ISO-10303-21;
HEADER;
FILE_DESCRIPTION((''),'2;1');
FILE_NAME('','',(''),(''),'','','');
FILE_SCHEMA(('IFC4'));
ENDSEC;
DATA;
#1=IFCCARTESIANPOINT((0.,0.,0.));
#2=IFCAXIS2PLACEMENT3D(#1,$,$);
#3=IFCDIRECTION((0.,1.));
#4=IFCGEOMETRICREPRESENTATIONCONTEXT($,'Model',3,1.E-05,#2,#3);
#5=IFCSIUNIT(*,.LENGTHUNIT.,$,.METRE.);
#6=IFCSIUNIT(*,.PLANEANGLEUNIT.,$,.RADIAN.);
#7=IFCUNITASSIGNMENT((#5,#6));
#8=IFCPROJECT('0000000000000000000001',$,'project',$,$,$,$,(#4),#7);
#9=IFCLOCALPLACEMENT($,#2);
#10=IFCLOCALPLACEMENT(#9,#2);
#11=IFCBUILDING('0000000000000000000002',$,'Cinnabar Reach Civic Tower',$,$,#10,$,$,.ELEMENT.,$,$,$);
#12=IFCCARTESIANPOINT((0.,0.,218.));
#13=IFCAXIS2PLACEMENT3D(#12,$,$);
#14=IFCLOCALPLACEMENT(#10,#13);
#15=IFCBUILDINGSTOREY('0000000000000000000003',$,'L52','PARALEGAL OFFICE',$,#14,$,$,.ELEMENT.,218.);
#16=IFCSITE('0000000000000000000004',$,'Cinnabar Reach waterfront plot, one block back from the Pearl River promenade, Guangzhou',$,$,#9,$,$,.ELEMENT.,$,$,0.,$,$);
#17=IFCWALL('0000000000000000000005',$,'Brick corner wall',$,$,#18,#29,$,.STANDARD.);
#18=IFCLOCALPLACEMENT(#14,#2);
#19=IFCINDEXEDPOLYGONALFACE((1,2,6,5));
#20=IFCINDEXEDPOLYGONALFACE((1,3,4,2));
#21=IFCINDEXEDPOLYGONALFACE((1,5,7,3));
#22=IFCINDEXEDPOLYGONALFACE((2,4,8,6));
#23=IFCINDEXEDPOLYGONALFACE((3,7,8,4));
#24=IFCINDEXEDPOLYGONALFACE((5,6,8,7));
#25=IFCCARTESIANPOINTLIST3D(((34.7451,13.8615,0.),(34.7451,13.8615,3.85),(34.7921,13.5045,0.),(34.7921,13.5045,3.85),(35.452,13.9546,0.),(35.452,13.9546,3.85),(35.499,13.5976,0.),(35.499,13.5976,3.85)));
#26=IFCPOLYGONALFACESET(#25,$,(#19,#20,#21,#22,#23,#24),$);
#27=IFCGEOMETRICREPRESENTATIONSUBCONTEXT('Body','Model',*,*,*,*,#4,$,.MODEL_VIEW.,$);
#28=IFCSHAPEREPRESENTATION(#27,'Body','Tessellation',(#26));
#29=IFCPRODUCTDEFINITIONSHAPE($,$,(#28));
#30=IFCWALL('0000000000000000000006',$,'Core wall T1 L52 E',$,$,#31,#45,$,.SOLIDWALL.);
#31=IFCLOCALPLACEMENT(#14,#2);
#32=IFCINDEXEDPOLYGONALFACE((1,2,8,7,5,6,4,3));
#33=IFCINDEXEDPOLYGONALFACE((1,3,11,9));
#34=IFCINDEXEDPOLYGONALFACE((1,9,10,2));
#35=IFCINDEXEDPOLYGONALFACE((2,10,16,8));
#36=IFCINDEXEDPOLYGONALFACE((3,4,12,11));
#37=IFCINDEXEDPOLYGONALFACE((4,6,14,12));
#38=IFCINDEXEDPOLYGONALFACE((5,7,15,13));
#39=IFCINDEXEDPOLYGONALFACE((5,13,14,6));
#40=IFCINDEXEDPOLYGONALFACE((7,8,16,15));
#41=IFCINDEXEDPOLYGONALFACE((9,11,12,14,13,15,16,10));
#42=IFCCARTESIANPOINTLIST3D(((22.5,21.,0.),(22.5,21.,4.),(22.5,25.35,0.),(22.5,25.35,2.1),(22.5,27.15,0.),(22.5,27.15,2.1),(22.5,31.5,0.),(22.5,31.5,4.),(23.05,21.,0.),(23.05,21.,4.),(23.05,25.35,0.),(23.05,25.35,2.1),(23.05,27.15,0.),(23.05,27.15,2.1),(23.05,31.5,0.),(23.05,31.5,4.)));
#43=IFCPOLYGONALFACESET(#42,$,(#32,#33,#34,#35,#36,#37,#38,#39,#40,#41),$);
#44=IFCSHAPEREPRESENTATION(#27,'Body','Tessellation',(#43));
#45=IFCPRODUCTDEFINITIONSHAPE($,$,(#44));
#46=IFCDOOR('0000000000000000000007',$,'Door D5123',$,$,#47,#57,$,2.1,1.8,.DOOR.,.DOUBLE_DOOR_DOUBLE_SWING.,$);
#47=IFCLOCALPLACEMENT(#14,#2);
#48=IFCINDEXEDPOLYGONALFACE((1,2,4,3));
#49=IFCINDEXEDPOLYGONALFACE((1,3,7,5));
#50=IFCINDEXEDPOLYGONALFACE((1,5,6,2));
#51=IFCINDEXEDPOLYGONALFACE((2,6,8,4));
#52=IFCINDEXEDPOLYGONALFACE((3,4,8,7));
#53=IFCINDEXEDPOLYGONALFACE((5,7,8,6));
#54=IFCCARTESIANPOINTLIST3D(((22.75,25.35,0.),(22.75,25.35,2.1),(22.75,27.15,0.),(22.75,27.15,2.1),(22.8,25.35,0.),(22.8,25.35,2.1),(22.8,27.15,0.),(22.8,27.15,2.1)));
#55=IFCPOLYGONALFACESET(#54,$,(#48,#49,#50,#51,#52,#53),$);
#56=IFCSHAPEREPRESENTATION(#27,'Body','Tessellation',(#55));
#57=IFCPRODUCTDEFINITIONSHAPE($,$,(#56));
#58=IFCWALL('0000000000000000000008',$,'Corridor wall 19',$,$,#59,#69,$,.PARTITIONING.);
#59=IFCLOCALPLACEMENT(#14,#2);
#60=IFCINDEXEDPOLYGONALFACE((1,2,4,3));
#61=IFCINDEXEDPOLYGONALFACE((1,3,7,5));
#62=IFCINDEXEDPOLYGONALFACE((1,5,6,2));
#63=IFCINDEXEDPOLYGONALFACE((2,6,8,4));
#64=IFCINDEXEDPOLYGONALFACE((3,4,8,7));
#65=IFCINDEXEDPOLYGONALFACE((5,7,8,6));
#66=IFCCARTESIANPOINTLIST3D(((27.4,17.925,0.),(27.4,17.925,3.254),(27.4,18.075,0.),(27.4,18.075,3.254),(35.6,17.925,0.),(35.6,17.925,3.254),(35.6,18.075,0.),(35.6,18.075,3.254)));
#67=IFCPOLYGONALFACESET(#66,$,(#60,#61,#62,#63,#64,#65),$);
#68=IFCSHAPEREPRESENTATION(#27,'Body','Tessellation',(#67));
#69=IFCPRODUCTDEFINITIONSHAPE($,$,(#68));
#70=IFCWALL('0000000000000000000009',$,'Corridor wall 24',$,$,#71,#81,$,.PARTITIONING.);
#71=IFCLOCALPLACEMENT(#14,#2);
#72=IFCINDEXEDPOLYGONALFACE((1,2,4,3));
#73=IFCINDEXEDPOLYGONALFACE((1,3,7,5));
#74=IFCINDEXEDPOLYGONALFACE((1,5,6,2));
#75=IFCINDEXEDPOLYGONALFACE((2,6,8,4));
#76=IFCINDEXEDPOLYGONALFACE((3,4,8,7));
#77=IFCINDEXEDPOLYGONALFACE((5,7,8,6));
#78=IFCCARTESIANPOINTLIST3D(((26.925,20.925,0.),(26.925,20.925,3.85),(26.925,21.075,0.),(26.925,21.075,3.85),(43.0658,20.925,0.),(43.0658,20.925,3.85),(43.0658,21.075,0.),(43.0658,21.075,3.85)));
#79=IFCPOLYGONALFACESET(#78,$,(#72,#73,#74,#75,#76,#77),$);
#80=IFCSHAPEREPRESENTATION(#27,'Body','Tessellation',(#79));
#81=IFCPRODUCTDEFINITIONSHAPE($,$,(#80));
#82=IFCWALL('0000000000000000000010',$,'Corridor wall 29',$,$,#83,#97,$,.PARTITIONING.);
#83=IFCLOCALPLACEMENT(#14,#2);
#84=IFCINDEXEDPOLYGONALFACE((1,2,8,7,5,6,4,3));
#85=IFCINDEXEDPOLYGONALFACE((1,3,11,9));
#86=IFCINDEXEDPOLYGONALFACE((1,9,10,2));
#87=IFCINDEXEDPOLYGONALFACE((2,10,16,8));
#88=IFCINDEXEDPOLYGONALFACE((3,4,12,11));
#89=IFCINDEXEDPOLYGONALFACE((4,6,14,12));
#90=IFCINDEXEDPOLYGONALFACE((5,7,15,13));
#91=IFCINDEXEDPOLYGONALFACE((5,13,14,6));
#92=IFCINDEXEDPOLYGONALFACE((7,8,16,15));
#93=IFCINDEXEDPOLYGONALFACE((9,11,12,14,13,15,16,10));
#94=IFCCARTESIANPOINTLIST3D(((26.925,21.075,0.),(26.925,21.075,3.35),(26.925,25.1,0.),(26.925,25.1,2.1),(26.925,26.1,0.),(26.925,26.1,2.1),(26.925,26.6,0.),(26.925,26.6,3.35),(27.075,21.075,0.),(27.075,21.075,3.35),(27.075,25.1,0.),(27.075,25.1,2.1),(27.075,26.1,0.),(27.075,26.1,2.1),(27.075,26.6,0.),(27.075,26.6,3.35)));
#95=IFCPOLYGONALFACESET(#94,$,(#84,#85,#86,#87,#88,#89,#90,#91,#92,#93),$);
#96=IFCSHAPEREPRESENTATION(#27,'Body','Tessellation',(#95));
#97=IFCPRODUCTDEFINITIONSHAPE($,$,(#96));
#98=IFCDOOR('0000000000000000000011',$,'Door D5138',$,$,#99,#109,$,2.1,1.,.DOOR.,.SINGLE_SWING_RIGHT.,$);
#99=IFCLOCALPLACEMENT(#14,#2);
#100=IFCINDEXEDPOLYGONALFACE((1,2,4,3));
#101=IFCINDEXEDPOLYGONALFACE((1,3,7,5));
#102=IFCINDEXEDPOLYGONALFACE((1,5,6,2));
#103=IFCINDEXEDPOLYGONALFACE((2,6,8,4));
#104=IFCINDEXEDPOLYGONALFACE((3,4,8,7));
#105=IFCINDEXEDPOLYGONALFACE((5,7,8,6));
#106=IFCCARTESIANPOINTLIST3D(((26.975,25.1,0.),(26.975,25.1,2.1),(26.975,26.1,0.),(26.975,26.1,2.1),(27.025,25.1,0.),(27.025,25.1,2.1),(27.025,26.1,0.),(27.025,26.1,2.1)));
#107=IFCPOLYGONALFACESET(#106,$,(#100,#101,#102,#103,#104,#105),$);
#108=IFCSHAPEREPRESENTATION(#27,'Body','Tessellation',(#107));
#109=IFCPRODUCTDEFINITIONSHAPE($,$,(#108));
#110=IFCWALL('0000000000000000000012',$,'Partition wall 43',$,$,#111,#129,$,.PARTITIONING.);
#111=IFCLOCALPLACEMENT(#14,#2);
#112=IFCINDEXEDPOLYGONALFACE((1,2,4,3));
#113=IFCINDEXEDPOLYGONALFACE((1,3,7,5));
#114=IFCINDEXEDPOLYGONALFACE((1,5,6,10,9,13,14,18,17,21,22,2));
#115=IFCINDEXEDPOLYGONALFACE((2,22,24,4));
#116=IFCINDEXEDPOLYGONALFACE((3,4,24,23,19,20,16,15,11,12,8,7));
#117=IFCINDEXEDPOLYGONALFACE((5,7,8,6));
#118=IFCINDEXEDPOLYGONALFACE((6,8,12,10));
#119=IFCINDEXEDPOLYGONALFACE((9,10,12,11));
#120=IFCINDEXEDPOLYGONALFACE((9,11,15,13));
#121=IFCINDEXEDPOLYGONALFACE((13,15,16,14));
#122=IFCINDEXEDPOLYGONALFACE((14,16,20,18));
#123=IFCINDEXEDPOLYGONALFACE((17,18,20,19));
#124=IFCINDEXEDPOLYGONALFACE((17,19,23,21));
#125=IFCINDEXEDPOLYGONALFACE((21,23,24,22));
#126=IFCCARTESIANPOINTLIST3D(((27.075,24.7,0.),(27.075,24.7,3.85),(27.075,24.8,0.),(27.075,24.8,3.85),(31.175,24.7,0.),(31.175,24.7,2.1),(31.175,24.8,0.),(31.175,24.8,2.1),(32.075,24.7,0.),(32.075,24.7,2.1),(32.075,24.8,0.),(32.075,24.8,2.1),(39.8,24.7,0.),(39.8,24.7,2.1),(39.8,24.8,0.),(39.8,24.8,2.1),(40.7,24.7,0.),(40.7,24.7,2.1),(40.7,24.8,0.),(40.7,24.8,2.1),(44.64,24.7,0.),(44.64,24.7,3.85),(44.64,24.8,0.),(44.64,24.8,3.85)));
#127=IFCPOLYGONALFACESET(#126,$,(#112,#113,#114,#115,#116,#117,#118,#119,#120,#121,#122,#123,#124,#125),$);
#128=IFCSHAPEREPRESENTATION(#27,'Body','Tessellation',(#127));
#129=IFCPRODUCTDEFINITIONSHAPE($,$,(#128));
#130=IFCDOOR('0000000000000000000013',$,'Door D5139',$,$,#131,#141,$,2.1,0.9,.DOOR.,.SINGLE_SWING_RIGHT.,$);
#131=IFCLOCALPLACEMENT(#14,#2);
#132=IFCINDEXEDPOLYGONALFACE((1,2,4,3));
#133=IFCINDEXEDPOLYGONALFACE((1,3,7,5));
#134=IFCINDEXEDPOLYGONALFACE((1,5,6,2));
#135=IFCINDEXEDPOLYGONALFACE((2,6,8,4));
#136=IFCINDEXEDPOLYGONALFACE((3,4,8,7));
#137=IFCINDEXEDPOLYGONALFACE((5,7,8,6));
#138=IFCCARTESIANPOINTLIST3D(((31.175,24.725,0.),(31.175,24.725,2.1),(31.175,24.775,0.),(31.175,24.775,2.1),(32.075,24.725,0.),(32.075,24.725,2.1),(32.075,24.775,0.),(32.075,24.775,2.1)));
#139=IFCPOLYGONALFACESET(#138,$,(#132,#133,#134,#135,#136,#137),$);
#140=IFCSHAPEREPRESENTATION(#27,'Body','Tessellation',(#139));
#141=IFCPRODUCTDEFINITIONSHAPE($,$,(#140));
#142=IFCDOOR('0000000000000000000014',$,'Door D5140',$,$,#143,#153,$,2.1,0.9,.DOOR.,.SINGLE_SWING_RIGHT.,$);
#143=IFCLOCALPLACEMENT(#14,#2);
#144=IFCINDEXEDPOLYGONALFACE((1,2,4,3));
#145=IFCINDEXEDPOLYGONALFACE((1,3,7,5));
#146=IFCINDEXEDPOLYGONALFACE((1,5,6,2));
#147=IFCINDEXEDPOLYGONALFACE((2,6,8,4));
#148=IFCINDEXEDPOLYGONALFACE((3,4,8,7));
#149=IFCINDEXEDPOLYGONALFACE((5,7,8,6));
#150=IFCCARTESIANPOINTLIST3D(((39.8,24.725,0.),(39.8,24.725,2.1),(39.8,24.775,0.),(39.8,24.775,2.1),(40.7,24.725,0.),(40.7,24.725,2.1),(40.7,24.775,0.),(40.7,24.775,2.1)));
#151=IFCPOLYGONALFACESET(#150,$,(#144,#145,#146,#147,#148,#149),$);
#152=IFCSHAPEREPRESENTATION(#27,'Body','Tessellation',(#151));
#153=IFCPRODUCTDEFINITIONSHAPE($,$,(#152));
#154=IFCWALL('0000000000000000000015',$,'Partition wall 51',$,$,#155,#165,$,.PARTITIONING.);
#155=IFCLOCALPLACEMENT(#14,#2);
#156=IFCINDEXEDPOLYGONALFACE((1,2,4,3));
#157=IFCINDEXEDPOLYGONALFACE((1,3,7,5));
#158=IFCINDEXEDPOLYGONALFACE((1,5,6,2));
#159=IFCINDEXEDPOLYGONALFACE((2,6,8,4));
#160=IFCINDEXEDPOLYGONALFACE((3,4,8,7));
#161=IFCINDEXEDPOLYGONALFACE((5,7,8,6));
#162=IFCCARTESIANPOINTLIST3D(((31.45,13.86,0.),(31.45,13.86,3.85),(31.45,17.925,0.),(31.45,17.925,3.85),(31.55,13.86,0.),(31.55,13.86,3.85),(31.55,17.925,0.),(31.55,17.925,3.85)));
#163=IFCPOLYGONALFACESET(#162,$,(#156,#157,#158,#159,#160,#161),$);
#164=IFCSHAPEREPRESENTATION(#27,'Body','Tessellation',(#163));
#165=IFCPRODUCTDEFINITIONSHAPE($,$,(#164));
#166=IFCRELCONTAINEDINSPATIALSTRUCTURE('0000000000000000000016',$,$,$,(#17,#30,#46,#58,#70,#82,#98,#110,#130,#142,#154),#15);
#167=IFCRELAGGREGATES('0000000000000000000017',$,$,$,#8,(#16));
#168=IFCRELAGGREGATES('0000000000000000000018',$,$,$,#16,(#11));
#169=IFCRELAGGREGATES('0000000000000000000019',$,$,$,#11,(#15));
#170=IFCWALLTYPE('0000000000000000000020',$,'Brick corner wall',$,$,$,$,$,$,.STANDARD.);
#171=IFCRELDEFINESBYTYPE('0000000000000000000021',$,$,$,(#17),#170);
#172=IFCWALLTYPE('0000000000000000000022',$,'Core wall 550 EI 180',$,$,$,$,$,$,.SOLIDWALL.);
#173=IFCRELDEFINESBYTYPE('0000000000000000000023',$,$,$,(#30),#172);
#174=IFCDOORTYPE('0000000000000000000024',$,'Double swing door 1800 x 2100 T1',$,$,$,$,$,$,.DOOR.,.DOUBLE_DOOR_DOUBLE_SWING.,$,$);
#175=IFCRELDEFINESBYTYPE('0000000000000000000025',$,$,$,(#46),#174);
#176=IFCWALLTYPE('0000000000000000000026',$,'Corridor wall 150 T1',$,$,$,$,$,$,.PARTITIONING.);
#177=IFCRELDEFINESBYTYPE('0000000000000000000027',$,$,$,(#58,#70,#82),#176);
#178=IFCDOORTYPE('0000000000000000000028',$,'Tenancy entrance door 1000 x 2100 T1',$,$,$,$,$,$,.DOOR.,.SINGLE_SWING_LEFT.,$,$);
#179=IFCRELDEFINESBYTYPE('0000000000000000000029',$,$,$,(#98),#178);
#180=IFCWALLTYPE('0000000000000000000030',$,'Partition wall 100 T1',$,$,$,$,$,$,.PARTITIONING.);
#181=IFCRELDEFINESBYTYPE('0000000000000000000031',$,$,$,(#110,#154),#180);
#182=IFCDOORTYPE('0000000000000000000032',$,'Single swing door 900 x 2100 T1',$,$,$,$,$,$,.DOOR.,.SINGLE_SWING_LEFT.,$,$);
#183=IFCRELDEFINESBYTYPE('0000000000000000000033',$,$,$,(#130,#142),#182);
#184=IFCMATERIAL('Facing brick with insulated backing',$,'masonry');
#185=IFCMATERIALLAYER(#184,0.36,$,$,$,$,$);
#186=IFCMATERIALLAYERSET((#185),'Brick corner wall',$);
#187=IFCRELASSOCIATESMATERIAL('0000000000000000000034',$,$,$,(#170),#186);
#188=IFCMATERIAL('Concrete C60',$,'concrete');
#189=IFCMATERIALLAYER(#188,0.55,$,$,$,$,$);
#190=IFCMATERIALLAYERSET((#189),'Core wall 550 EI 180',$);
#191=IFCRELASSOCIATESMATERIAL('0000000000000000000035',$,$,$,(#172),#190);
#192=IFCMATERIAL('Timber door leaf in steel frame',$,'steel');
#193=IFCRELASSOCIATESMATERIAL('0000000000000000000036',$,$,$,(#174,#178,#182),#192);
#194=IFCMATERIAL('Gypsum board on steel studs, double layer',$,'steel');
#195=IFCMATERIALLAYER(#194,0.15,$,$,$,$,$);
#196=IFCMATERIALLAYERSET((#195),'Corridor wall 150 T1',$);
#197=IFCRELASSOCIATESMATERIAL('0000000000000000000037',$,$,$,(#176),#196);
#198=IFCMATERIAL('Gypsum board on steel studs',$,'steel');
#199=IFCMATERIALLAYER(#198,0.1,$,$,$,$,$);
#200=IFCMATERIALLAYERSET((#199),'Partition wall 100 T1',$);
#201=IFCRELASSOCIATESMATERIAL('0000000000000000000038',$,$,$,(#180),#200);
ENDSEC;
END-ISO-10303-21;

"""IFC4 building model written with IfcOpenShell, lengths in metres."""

from ifc_helpers import new_model, si_unit, direction, frame, frame_2d, origin, place, context, subcontext, project, spatial, rectangle, extrude, material, layer, layer_set, type_object, element, fill, save


model = new_model("IFC4")

# Units and contexts
model_context = context("Model", 3, precision=1e-05, world=origin(), true_north=direction((0.0, 1.0)))
body_context = subcontext(model_context, "Body", "Model", "MODEL_VIEW")
ifc_project = project(units=[si_unit("LENGTHUNIT", "METRE"), si_unit("PLANEANGLEUNIT", "RADIAN")], contexts=[model_context])

# Site, building, storey
site_placement = place(None, origin())
site = spatial("IfcSite", under=ifc_project, at=site_placement, Name="Cinnabar Reach waterfront plot, one block back from the Pearl River promenade, Guangzhou", CompositionType="ELEMENT", RefElevation=0.0)
building_placement = place(site_placement, origin())
building = spatial("IfcBuilding", under=site, at=building_placement, Name="Cinnabar Reach Civic Tower", CompositionType="ELEMENT")
storey_placement = place(building_placement, frame((0.0, 0.0, 218.0)))
storey = spatial("IfcBuildingStorey", under=building, at=storey_placement, Name="L52", Description="PARALEGAL OFFICE", CompositionType="ELEMENT", Elevation=218.0)

# Shared definitions
ifc_material_1 = material(Name="Concrete C60", Category="concrete")

# Wall
ifc_material_2 = material(Name="Facing brick with insulated backing", Category="masonry")
ifc_layer_1 = layer(ifc_material_2, 0.36)
ifc_layer_set_1 = layer_set([ifc_layer_1], Name="Brick corner wall")
wall_type_1 = type_object("IfcWallType", Name="Brick corner wall", PredefinedType="STANDARD", material=ifc_layer_set_1)
wall_1_placement = place(storey_placement, frame((34.7686, 13.683, 0.0), z_axis=(0.0, 0.0, 1.0), x_axis=(0.991441, 0.130556, 0.0)))
element("IfcWall", 1, at=wall_1_placement, inside=storey, type_object=wall_type_1, Name="Brick corner wall", PredefinedType="STANDARD", context=body_context, shape_type="SweptSolid", body=[
    extrude(rectangle(XDim=0.7131, YDim=0.36, at=frame_2d((0.3565, 0.0))), origin(), (0.0, 0.0, 1.0), 3.85),
])

# Wall, opening, door
ifc_layer_2 = layer(ifc_material_1, 0.55)
ifc_layer_set_2 = layer_set([ifc_layer_2], Name="Core wall 550 EI 180")
wall_type_2 = type_object("IfcWallType", Name="Core wall 550 EI 180", PredefinedType="SOLIDWALL", material=ifc_layer_set_2)
wall_2_placement = place(storey_placement, frame((22.775, 21.0, 0.0), z_axis=(0.0, 0.0, 1.0), x_axis=(0.0, 1.0, 0.0)))
wall_2 = element("IfcWall", 2, at=wall_2_placement, inside=storey, type_object=wall_type_2, Name="Core wall T1 L52 E", PredefinedType="SOLIDWALL", context=body_context, shape_type="SweptSolid", body=[
    extrude(rectangle(XDim=10.5, YDim=0.55, at=frame_2d((5.25, 0.0))), origin(), (0.0, 0.0, 1.0), 4.0),
])
opening_1_placement = place(wall_2_placement, frame((4.35, 0.0, 0.0)))
opening_1 = element("IfcOpeningElement", 3, at=opening_1_placement, cuts=wall_2, PredefinedType="OPENING", context=body_context, shape_type="SweptSolid", body=[
    extrude(rectangle(XDim=1.8, YDim=2.1, at=frame_2d((0.9, 1.05))), frame((0.0, 0.285, 0.0), z_axis=(0.0, -1.0, 0.0), x_axis=(1.0, 0.0, 0.0)), (0.0, 0.0, 1.0), 0.57),
])
ifc_material_3 = material(Name="Timber door leaf in steel frame", Category="steel")
door_type_1 = type_object("IfcDoorType", Name="Double swing door 1800 x 2100 T1", OperationType="DOUBLE_DOOR_DOUBLE_SWING", PredefinedType="DOOR", material=ifc_material_3)
door_1_placement = place(opening_1_placement, origin())
door_1 = element("IfcDoor", 4, at=door_1_placement, inside=storey, type_object=door_type_1, Name="Door D5123", OperationType="DOUBLE_DOOR_DOUBLE_SWING", OverallHeight=2.1, OverallWidth=1.8, PredefinedType="DOOR", context=body_context, shape_type="SweptSolid", body=[
    extrude(rectangle(XDim=1.8, YDim=2.1, at=frame_2d((0.9, 1.05))), frame((0.0, 0.025, 0.0), z_axis=(0.0, -1.0, 0.0), x_axis=(1.0, 0.0, 0.0)), (0.0, 0.0, 1.0), 0.05),
])
fill(opening_1, door_1)

# Walls
ifc_material_4 = material(Name="Gypsum board on steel studs, double layer", Category="steel")
ifc_layer_3 = layer(ifc_material_4, 0.15)
ifc_layer_set_3 = layer_set([ifc_layer_3], Name="Corridor wall 150 T1")
wall_type_3 = type_object("IfcWallType", Name="Corridor wall 150 T1", PredefinedType="PARTITIONING", material=ifc_layer_set_3)
wall_3_placement = place(storey_placement, frame((27.4, 18.0, 0.0), z_axis=(0.0, 0.0, 1.0), x_axis=(1.0, 0.0, 0.0)))
element("IfcWall", 5, at=wall_3_placement, inside=storey, type_object=wall_type_3, Name="Corridor wall 19", PredefinedType="PARTITIONING", context=body_context, shape_type="SweptSolid", body=[
    extrude(rectangle(XDim=8.2, YDim=0.15, at=frame_2d((4.1, 0.0))), origin(), (0.0, 0.0, 1.0), 3.254),
])
wall_4_placement = place(storey_placement, frame((26.925, 21.0, 0.0), z_axis=(0.0, 0.0, 1.0), x_axis=(1.0, 0.0, 0.0)))
element("IfcWall", 6, at=wall_4_placement, inside=storey, type_object=wall_type_3, Name="Corridor wall 24", PredefinedType="PARTITIONING", context=body_context, shape_type="SweptSolid", body=[
    extrude(rectangle(XDim=16.1409, YDim=0.15, at=frame_2d((8.0704, 0.0))), origin(), (0.0, 0.0, 1.0), 3.85),
])

# Wall, opening, door
wall_5_placement = place(storey_placement, frame((27.0, 21.075, 0.0), z_axis=(0.0, 0.0, 1.0), x_axis=(0.0, 1.0, 0.0)))
wall_5 = element("IfcWall", 7, at=wall_5_placement, inside=storey, type_object=wall_type_3, Name="Corridor wall 29", PredefinedType="PARTITIONING", context=body_context, shape_type="SweptSolid", body=[
    extrude(rectangle(XDim=5.525, YDim=0.15, at=frame_2d((2.7625, 0.0))), origin(), (0.0, 0.0, 1.0), 3.35),
])
opening_2_placement = place(wall_5_placement, frame((4.025, 0.0, 0.0)))
opening_2 = element("IfcOpeningElement", 8, at=opening_2_placement, cuts=wall_5, PredefinedType="OPENING", context=body_context, shape_type="SweptSolid", body=[
    extrude(rectangle(XDim=1.0, YDim=2.1, at=frame_2d((0.5, 1.05))), frame((0.0, 0.085, 0.0), z_axis=(0.0, -1.0, 0.0), x_axis=(1.0, 0.0, 0.0)), (0.0, 0.0, 1.0), 0.17),
])
door_type_2 = type_object("IfcDoorType", Name="Tenancy entrance door 1000 x 2100 T1", OperationType="SINGLE_SWING_LEFT", PredefinedType="DOOR", material=ifc_material_3)
door_2_placement = place(opening_2_placement, frame((1.0, 0.0, 0.0), z_axis=(0.0, 0.0, 1.0), x_axis=(-1.0, 0.0, 0.0)))
door_2 = element("IfcDoor", 9, at=door_2_placement, inside=storey, type_object=door_type_2, Name="Door D5138", OperationType="SINGLE_SWING_RIGHT", OverallHeight=2.1, OverallWidth=1.0, PredefinedType="DOOR", context=body_context, shape_type="SweptSolid", body=[
    extrude(rectangle(XDim=1.0, YDim=2.1, at=frame_2d((0.5, 1.05))), frame((0.0, 0.025, 0.0), z_axis=(0.0, -1.0, 0.0), x_axis=(1.0, 0.0, 0.0)), (0.0, 0.0, 1.0), 0.05),
])
fill(opening_2, door_2)

# Wall, openings, doors
ifc_material_5 = material(Name="Gypsum board on steel studs", Category="steel")
ifc_layer_4 = layer(ifc_material_5, 0.1)
ifc_layer_set_4 = layer_set([ifc_layer_4], Name="Partition wall 100 T1")
wall_type_4 = type_object("IfcWallType", Name="Partition wall 100 T1", PredefinedType="PARTITIONING", material=ifc_layer_set_4)
wall_6_placement = place(storey_placement, frame((27.075, 24.75, 0.0), z_axis=(0.0, 0.0, 1.0), x_axis=(1.0, 0.0, 0.0)))
wall_6 = element("IfcWall", 10, at=wall_6_placement, inside=storey, type_object=wall_type_4, Name="Partition wall 43", PredefinedType="PARTITIONING", context=body_context, shape_type="SweptSolid", body=[
    extrude(rectangle(XDim=17.565, YDim=0.1, at=frame_2d((8.7825, 0.0))), origin(), (0.0, 0.0, 1.0), 3.85),
])
opening_3_placement = place(wall_6_placement, frame((4.1, 0.0, 0.0)))
opening_3 = element("IfcOpeningElement", 11, at=opening_3_placement, cuts=wall_6, PredefinedType="OPENING", context=body_context, shape_type="SweptSolid", body=[
    extrude(rectangle(XDim=0.9, YDim=2.1, at=frame_2d((0.45, 1.05))), frame((0.0, 0.06, 0.0), z_axis=(0.0, -1.0, 0.0), x_axis=(1.0, 0.0, 0.0)), (0.0, 0.0, 1.0), 0.12),
])
opening_4_placement = place(wall_6_placement, frame((12.725, 0.0, 0.0)))
opening_4 = element("IfcOpeningElement", 12, at=opening_4_placement, cuts=wall_6, PredefinedType="OPENING", context=body_context, shape_type="SweptSolid", body=[
    extrude(rectangle(XDim=0.9, YDim=2.1, at=frame_2d((0.45, 1.05))), frame((0.0, 0.06, 0.0), z_axis=(0.0, -1.0, 0.0), x_axis=(1.0, 0.0, 0.0)), (0.0, 0.0, 1.0), 0.12),
])
door_type_3 = type_object("IfcDoorType", Name="Single swing door 900 x 2100 T1", OperationType="SINGLE_SWING_LEFT", PredefinedType="DOOR", material=ifc_material_3)
door_3_placement = place(opening_3_placement, frame((0.9, 0.0, 0.0), z_axis=(0.0, 0.0, 1.0), x_axis=(-1.0, 0.0, 0.0)))
door_3 = element("IfcDoor", 13, at=door_3_placement, inside=storey, type_object=door_type_3, Name="Door D5139", OperationType="SINGLE_SWING_RIGHT", OverallHeight=2.1, OverallWidth=0.9, PredefinedType="DOOR", context=body_context, shape_type="SweptSolid", body=[
    extrude(rectangle(XDim=0.9, YDim=2.1, at=frame_2d((0.45, 1.05))), frame((0.0, 0.025, 0.0), z_axis=(0.0, -1.0, 0.0), x_axis=(1.0, 0.0, 0.0)), (0.0, 0.0, 1.0), 0.05),
])
fill(opening_3, door_3)
door_4_placement = place(opening_4_placement, frame((0.9, 0.0, 0.0), z_axis=(0.0, 0.0, 1.0), x_axis=(-1.0, 0.0, 0.0)))
door_4 = element("IfcDoor", 14, at=door_4_placement, inside=storey, type_object=door_type_3, Name="Door D5140", OperationType="SINGLE_SWING_RIGHT", OverallHeight=2.1, OverallWidth=0.9, PredefinedType="DOOR", context=body_context, shape_type="SweptSolid", body=[
    extrude(rectangle(XDim=0.9, YDim=2.1, at=frame_2d((0.45, 1.05))), frame((0.0, 0.025, 0.0), z_axis=(0.0, -1.0, 0.0), x_axis=(1.0, 0.0, 0.0)), (0.0, 0.0, 1.0), 0.05),
])
fill(opening_4, door_4)

# Wall
wall_7_placement = place(storey_placement, frame((31.5, 13.86, 0.0), z_axis=(0.0, 0.0, 1.0), x_axis=(0.0, 1.0, 0.0)))
element("IfcWall", 15, at=wall_7_placement, inside=storey, type_object=wall_type_4, Name="Partition wall 51", PredefinedType="PARTITIONING", context=body_context, shape_type="SweptSolid", body=[
    extrude(rectangle(XDim=4.065, YDim=0.1, at=frame_2d((2.0325, 0.0))), origin(), (0.0, 0.0, 1.0), 3.85),
])

save(model, "model.ifc")
